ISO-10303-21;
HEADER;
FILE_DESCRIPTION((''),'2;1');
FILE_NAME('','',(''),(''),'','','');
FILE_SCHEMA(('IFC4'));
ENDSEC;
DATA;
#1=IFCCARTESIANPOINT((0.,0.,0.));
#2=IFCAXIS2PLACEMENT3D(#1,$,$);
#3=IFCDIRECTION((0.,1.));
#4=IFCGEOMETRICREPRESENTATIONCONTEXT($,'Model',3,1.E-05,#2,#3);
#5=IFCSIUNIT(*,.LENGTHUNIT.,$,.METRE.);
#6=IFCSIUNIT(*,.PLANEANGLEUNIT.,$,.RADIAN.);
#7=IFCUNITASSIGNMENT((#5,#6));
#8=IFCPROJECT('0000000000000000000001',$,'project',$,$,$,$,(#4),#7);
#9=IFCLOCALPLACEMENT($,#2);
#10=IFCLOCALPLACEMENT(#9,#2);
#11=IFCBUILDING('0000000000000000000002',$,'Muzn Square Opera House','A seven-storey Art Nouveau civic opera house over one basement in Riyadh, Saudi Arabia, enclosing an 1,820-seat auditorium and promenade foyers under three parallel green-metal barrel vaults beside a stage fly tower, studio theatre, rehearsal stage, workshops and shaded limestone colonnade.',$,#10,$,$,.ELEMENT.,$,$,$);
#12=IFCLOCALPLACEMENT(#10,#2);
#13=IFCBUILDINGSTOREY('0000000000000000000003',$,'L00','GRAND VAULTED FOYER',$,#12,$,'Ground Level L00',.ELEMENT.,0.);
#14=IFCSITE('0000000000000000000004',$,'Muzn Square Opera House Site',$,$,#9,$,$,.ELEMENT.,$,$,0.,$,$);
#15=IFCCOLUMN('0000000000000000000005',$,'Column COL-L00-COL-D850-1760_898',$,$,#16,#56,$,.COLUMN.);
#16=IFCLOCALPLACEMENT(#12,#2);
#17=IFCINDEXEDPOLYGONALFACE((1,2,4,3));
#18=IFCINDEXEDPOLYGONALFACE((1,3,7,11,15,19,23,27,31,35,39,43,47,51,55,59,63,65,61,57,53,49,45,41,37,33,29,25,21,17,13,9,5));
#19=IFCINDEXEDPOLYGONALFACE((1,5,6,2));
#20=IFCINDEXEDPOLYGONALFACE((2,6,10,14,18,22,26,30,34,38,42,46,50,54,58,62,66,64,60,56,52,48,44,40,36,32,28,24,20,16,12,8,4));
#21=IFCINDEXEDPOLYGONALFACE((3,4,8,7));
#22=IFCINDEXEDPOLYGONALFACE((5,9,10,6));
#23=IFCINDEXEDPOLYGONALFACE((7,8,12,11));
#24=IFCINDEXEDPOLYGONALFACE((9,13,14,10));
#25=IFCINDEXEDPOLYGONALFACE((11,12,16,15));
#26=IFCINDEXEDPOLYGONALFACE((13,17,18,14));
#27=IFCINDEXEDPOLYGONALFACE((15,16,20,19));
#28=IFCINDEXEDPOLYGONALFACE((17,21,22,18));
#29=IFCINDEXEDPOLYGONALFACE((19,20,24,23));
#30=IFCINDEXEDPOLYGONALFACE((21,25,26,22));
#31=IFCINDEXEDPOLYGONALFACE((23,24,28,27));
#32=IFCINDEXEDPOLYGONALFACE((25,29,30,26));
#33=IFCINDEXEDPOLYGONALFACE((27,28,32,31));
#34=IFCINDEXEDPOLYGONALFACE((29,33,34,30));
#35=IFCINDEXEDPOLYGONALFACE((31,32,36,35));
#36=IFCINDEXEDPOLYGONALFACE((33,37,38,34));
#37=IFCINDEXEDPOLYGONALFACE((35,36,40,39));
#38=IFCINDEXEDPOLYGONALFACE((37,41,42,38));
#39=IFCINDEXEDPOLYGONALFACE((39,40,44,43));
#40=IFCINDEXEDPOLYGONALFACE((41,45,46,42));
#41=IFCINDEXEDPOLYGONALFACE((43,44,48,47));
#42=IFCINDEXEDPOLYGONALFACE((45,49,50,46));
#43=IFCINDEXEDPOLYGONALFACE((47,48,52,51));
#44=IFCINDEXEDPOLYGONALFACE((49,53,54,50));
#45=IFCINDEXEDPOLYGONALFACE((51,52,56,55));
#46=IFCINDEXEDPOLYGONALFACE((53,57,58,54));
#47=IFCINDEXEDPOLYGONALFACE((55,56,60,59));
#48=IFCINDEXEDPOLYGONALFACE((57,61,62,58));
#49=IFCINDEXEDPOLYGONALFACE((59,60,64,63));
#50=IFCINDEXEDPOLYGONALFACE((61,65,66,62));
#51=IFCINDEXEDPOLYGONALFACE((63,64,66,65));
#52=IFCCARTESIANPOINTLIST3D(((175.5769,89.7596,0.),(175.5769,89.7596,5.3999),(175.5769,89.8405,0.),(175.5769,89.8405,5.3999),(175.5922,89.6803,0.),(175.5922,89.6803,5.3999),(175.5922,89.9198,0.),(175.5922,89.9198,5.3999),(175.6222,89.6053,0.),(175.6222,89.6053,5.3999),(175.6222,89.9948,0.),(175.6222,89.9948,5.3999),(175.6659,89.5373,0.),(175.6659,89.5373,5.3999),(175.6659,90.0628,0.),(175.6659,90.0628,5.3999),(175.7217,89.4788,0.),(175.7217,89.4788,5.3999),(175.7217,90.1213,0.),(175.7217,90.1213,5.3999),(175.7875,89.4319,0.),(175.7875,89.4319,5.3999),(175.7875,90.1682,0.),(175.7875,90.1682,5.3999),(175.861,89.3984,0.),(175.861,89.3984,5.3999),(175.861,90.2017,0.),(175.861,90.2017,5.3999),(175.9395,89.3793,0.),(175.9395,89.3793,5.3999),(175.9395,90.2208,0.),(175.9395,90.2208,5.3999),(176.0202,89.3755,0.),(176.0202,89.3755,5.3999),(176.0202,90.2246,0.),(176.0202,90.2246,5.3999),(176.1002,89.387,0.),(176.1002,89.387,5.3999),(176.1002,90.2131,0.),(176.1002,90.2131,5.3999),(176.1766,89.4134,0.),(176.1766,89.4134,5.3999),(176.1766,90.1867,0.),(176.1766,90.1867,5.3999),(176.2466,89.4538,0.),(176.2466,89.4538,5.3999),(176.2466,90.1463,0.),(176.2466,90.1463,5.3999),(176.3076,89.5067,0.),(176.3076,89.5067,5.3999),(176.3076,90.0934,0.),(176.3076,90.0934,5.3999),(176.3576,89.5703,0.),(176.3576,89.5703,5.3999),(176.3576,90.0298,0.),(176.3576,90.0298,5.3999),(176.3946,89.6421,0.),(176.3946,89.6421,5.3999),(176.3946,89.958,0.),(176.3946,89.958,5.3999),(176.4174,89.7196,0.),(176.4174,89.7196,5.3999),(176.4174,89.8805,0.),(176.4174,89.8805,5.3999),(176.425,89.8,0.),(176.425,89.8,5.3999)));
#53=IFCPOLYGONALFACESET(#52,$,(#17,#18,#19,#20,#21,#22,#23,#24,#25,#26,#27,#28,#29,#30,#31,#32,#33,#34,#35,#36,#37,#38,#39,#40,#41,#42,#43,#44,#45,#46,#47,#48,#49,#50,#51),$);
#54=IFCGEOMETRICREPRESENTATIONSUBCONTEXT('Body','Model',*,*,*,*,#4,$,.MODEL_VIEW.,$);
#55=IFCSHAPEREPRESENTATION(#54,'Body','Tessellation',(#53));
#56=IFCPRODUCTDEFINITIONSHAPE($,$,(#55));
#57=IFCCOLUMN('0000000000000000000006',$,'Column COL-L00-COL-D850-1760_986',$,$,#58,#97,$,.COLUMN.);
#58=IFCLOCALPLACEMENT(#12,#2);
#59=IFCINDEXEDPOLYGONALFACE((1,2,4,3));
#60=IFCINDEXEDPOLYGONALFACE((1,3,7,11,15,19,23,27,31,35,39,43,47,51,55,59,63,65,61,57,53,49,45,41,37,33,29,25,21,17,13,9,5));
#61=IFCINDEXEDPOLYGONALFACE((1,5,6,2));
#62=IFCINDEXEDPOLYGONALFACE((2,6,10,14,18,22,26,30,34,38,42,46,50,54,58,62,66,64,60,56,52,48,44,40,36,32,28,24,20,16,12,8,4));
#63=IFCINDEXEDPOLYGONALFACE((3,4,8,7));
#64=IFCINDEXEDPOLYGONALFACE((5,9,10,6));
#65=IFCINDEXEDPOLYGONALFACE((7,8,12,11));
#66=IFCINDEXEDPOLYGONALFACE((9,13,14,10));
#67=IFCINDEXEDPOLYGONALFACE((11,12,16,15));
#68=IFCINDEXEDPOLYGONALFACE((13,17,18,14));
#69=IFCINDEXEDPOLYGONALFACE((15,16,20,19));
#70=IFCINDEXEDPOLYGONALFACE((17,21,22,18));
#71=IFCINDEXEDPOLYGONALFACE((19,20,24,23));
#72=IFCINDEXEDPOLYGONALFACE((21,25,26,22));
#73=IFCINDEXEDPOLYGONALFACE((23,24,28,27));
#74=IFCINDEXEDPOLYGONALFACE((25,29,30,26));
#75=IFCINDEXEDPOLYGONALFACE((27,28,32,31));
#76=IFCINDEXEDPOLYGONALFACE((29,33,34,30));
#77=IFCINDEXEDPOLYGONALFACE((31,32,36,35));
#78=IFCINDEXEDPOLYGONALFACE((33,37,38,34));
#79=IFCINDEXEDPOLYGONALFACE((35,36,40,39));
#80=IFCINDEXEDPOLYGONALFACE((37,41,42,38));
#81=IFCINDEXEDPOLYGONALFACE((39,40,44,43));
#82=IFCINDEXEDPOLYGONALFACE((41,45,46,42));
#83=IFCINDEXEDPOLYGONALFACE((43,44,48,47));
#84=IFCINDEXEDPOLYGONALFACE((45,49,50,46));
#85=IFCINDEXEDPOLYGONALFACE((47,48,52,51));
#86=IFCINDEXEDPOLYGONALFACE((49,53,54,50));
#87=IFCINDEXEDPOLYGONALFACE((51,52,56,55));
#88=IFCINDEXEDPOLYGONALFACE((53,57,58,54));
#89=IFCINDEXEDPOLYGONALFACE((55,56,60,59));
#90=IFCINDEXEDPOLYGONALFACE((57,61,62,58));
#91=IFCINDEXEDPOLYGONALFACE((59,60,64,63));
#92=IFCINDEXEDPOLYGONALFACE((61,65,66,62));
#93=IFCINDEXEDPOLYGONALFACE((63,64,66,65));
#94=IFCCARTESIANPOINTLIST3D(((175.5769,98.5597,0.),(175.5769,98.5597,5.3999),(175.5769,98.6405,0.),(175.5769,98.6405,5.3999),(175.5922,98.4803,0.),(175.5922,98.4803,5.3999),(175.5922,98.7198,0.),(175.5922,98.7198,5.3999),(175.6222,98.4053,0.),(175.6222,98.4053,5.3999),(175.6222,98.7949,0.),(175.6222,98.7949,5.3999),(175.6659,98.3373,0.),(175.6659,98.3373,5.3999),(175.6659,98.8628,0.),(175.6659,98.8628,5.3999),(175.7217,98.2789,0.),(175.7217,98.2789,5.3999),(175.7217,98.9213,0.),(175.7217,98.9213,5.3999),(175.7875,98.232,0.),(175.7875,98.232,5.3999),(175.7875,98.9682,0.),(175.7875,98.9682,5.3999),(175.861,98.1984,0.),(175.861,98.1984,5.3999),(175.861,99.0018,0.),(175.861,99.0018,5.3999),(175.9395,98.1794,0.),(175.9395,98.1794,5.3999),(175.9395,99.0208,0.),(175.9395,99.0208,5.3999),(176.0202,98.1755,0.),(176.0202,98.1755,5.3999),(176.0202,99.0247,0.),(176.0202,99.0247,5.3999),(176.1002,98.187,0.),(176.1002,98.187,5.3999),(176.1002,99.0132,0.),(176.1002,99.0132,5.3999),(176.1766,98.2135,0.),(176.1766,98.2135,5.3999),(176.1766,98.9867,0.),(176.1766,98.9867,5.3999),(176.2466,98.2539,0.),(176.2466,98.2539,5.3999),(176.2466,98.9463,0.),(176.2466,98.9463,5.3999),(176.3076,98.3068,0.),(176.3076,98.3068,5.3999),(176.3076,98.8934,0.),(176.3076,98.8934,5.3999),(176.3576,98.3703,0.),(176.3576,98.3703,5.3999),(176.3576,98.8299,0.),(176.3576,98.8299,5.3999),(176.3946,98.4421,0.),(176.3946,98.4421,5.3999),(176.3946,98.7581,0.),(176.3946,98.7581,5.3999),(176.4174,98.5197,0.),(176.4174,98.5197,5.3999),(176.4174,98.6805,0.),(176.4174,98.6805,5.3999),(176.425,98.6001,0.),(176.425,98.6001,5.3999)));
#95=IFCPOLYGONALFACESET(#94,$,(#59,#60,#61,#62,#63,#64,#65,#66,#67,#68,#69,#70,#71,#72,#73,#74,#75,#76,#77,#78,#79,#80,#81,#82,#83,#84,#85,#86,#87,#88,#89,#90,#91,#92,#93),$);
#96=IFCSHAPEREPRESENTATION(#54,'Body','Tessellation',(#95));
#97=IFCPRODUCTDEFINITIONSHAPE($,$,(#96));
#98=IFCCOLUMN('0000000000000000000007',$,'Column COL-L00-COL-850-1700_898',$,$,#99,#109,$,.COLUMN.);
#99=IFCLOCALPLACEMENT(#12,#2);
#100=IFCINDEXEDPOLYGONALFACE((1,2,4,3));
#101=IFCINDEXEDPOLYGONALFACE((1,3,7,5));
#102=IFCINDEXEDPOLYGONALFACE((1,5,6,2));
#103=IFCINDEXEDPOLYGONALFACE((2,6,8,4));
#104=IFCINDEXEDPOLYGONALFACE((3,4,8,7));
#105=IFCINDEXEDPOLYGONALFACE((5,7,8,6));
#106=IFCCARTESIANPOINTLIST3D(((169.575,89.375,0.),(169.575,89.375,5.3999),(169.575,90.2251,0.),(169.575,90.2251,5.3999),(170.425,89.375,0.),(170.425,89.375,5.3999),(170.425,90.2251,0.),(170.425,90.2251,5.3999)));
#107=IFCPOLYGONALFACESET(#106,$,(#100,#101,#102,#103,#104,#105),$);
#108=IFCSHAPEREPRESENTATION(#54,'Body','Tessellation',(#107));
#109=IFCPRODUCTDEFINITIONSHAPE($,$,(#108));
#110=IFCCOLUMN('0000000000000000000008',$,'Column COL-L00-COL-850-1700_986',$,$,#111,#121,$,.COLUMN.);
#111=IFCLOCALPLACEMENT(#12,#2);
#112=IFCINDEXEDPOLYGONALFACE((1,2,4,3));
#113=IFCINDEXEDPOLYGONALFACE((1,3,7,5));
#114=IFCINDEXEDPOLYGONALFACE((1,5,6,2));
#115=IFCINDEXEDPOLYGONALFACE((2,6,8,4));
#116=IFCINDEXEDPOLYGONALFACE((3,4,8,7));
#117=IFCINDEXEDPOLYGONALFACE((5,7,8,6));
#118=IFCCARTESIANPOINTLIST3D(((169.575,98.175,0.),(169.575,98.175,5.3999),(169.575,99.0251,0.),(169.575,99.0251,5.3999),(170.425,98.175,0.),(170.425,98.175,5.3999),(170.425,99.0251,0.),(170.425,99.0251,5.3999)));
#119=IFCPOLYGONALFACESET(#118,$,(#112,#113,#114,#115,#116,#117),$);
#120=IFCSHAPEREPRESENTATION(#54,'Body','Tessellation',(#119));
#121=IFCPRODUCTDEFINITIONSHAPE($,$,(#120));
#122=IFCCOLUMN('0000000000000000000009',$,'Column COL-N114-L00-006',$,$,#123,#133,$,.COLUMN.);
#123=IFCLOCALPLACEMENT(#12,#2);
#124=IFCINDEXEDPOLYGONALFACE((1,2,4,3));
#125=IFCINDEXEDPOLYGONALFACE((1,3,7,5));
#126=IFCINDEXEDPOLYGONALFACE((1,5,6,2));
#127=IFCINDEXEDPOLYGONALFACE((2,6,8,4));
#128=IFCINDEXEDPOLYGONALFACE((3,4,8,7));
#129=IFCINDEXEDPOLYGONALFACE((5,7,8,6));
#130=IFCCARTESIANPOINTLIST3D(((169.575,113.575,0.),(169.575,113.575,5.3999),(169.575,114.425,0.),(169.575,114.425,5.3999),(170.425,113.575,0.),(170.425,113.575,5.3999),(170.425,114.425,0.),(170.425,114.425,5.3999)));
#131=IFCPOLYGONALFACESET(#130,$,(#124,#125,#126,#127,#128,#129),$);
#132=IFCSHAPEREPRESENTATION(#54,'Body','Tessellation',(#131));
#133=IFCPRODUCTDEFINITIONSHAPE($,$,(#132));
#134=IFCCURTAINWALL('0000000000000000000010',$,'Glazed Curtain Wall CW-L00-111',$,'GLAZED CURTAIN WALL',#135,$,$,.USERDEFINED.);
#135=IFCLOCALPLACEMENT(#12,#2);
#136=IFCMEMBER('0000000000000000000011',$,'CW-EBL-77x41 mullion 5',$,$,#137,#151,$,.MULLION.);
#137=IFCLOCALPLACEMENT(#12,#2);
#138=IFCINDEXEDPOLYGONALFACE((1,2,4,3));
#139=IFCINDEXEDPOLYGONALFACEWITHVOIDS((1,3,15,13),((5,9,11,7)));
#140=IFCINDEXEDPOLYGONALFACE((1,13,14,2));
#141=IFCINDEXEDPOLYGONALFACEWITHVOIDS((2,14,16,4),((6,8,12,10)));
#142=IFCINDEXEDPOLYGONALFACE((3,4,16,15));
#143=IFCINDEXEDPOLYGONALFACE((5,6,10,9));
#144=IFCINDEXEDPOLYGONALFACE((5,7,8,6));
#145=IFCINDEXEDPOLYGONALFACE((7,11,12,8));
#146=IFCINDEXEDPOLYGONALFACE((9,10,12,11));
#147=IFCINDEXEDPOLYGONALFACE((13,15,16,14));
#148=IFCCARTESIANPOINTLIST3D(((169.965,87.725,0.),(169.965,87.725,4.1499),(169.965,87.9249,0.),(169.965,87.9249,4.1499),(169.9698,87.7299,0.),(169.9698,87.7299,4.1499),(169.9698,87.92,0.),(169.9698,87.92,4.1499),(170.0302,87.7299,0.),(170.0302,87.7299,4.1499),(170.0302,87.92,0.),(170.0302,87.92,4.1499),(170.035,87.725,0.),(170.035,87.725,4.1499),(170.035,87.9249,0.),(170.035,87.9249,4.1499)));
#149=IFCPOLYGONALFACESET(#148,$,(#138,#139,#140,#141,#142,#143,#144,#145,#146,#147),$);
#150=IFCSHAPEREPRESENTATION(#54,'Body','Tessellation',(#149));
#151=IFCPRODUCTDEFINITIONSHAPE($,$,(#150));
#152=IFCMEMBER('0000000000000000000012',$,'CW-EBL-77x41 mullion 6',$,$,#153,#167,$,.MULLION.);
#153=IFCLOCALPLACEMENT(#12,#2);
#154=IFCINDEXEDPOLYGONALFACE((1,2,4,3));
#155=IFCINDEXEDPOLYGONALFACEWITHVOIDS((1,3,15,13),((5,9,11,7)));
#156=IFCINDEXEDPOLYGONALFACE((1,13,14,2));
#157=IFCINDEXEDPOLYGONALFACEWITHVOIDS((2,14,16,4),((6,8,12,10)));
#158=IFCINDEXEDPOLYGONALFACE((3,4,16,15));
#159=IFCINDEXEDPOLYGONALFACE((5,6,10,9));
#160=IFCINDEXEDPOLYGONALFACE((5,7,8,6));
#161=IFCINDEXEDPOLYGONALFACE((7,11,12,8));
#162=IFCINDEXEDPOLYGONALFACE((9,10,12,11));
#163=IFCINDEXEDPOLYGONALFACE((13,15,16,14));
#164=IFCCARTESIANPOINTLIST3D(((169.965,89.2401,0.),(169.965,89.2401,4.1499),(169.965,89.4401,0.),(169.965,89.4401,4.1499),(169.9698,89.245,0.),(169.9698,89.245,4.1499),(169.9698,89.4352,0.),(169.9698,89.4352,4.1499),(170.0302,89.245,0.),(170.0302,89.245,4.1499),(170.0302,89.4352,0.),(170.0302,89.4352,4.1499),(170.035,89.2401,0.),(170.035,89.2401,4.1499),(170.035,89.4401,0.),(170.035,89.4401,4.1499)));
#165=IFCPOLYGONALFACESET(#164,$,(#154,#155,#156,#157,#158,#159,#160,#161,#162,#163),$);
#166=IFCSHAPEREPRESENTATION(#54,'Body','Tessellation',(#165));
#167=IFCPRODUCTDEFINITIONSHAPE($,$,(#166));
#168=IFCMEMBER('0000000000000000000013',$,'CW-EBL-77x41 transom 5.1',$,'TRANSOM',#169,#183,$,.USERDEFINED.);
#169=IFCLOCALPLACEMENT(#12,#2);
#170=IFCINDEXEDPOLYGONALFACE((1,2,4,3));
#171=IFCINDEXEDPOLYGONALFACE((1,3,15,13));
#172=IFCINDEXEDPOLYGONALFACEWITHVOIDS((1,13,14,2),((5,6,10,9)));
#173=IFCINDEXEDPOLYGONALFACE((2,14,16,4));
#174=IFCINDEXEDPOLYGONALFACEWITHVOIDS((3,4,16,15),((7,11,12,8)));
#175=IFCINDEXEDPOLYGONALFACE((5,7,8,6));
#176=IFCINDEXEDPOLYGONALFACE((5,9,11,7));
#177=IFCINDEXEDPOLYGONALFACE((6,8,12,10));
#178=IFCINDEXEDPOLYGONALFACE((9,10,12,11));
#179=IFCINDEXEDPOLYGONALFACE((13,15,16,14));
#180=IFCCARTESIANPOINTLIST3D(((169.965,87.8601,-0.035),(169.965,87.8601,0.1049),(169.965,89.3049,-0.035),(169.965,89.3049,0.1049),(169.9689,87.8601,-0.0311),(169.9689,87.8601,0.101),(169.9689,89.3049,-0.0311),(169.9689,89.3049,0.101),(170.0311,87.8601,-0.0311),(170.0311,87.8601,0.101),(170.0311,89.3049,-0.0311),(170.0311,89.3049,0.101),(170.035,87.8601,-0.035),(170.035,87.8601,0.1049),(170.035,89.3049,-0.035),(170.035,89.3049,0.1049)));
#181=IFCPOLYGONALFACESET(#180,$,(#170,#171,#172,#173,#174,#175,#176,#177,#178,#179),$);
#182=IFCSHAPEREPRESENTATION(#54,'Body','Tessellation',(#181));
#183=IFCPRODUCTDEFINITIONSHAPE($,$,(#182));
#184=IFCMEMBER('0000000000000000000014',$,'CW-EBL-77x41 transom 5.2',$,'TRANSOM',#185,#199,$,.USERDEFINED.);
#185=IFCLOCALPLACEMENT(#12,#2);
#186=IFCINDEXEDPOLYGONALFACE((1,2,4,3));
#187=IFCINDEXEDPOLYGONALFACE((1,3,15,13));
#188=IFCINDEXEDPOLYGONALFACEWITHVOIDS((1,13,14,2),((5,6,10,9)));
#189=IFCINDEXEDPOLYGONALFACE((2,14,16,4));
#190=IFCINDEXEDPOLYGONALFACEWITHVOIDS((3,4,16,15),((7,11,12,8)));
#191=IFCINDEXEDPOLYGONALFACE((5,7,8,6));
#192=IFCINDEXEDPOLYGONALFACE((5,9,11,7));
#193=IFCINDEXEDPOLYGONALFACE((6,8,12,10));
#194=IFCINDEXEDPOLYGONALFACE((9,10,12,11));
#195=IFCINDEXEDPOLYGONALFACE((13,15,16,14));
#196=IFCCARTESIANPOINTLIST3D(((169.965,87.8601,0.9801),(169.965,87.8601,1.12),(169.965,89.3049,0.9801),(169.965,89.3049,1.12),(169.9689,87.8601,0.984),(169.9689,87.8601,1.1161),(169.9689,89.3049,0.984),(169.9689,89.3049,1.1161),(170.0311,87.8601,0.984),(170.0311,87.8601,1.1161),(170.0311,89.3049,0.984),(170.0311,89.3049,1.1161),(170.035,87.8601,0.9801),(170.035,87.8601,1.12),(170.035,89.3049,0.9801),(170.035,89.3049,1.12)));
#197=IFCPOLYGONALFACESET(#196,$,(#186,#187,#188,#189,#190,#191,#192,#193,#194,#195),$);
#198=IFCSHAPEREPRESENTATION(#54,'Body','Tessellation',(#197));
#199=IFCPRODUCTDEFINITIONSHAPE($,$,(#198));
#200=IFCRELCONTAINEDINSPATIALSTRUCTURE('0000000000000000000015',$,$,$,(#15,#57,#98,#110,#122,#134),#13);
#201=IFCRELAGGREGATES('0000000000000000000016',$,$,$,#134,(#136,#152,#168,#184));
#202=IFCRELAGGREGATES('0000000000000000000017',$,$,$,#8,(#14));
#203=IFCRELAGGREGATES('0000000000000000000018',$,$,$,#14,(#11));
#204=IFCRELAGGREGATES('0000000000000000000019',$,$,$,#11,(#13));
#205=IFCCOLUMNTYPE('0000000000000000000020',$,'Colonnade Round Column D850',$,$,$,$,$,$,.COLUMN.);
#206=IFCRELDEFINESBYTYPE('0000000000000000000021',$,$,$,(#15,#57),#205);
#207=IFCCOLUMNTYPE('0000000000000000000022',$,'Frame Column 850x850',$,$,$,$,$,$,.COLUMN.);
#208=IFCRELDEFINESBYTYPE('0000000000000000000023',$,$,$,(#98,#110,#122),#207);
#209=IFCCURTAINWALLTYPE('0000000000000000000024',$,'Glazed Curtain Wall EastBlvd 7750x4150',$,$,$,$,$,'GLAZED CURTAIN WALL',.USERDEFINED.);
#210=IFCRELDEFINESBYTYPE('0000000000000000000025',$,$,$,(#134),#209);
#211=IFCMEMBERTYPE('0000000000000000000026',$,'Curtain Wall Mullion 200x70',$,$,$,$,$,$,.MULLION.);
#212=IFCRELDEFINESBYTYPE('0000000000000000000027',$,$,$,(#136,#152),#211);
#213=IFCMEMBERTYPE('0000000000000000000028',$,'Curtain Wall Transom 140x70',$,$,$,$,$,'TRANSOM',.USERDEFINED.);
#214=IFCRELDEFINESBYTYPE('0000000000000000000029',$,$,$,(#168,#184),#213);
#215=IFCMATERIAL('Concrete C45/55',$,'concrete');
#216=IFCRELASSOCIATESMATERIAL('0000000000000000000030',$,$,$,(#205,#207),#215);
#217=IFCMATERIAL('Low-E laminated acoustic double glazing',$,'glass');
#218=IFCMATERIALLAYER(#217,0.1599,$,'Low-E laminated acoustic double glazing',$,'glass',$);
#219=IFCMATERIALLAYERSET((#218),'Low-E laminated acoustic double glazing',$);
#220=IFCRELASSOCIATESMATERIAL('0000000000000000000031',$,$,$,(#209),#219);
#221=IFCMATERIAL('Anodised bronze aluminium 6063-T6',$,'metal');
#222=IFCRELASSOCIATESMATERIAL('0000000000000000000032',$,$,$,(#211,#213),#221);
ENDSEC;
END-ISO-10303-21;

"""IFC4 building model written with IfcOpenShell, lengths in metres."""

from ifc_helpers import new_model, si_unit, direction, frame, origin, origin_2d, place, context, subcontext, project, spatial, rectangle, hollow_rectangle, circle, extrude, material, layer, layer_set, material_profile, profile_set, type_object, element, aggregate, save


model = new_model("IFC4")

# Units and contexts
model_context = context("Model", 3, precision=1e-05, world=origin(), true_north=direction((0.0, 1.0)))
body_context = subcontext(model_context, "Body", "Model", "MODEL_VIEW")
ifc_project = project(units=[si_unit("LENGTHUNIT", "METRE"), si_unit("PLANEANGLEUNIT", "RADIAN")], contexts=[model_context])

# Site, building, storey
site_placement = place(None, origin())
site = spatial("IfcSite", under=ifc_project, at=site_placement, Name="Muzn Square Opera House Site", CompositionType="ELEMENT", RefElevation=0.0)
building_placement = place(site_placement, origin())
building = spatial("IfcBuilding", under=site, at=building_placement, Name="Muzn Square Opera House", Description="A seven-storey Art Nouveau civic opera house over one basement in Riyadh, Saudi Arabia, enclosing an 1,820-seat auditorium and promenade foyers under three parallel green-metal barrel vaults beside a stage fly tower, studio theatre, rehearsal stage, workshops and shaded limestone colonnade.", CompositionType="ELEMENT")
storey_placement = place(building_placement, origin())
storey = spatial("IfcBuildingStorey", under=building, at=storey_placement, Name="L00", Description="GRAND VAULTED FOYER", LongName="Ground Level L00", CompositionType="ELEMENT", Elevation=0.0)

# Columns
ifc_material_1 = material(Name="Concrete C45/55", Category="concrete")
ifc_material_profile_1 = material_profile(ifc_material_1, circle(Radius=0.425, at=origin_2d()), Name="RCC D850", Category="concrete")
ifc_profile_set_1 = profile_set([ifc_material_profile_1], Name="Concrete C45/55")
column_type_1 = type_object("IfcColumnType", Name="Colonnade Round Column D850", PredefinedType="COLUMN", material=ifc_profile_set_1)
for number, where, z_axis, x_axis, name in (
    (1, (176.0, 89.8, 0.0), (0.0, 0.0, 1.0), (1.0, 0.0, 0.0), "Column COL-L00-COL-D850-1760_898"),
    (2, (176.0, 98.6001, 0.0), (0.0, 0.0, 1.0), (1.0, 0.0, 0.0), "Column COL-L00-COL-D850-1760_986"),
):
    element("IfcColumn", number, at=place(storey_placement, frame(where, z_axis=z_axis, x_axis=x_axis)), inside=storey, type_object=column_type_1, Name=name, PredefinedType="COLUMN", context=body_context, shape_type="SweptSolid", body=[
        extrude(circle(Radius=0.425, at=origin_2d()), origin(), (0.0, 0.0, 1.0), 5.3999),
    ])
ifc_material_profile_2 = material_profile(ifc_material_1, rectangle(XDim=0.8501, YDim=0.8501, at=origin_2d()), Name="RC 850x850", Category="concrete")
ifc_profile_set_2 = profile_set([ifc_material_profile_2], Name="Concrete C45/55")
column_type_2 = type_object("IfcColumnType", Name="Frame Column 850x850", PredefinedType="COLUMN", material=ifc_profile_set_2)
for number, where, z_axis, x_axis, name in (
    (3, (170.0, 89.8, 0.0), (0.0, 0.0, 1.0), (1.0, 0.0, 0.0), "Column COL-L00-COL-850-1700_898"),
    (4, (170.0, 98.6001, 0.0), (0.0, 0.0, 1.0), (1.0, 0.0, 0.0), "Column COL-L00-COL-850-1700_986"),
    (5, (170.0, 114.0, 0.0), (0.0, 0.0, 1.0), (1.0, 0.0, 0.0), "Column COL-N114-L00-006"),
):
    element("IfcColumn", number, at=place(storey_placement, frame(where, z_axis=z_axis, x_axis=x_axis)), inside=storey, type_object=column_type_2, Name=name, PredefinedType="COLUMN", context=body_context, shape_type="SweptSolid", body=[
        extrude(rectangle(XDim=0.8501, YDim=0.8501, at=origin_2d()), origin(), (0.0, 0.0, 1.0), 5.3999),
    ])

# Curtain wall, members
ifc_material_2 = material(Name="Low-E laminated acoustic double glazing", Category="glass")
ifc_layer_1 = layer(ifc_material_2, 0.1599, Name="Low-E laminated acoustic double glazing", Category="glass")
ifc_layer_set_1 = layer_set([ifc_layer_1], Name="Low-E laminated acoustic double glazing")
curtain_wall_type = type_object("IfcCurtainWallType", Name="Glazed Curtain Wall EastBlvd 7750x4150", ElementType="GLAZED CURTAIN WALL", PredefinedType="USERDEFINED", material=ifc_layer_set_1)
curtain_wall_placement = place(storey_placement, origin())
curtain_wall = element("IfcCurtainWall", 6, at=curtain_wall_placement, inside=storey, type_object=curtain_wall_type, Name="Glazed Curtain Wall CW-L00-111", ObjectType="GLAZED CURTAIN WALL", PredefinedType="USERDEFINED")
ifc_material_3 = material(Name="Anodised bronze aluminium 6063-T6", Category="metal")
ifc_material_profile_3 = material_profile(ifc_material_3, hollow_rectangle(XDim=0.0701, YDim=0.2, WallThickness=0.0049, at=origin_2d()), Name="ALU 200x70x5", Category="metal")
ifc_profile_set_3 = profile_set([ifc_material_profile_3], Name="Anodised bronze aluminium 6063-T6")
member_type_1 = type_object("IfcMemberType", Name="Curtain Wall Mullion 200x70", PredefinedType="MULLION", material=ifc_profile_set_3)
member_1_placement = place(storey_placement, frame((170.0, 87.825, 0.0), z_axis=(0.0, 0.0, 1.0), x_axis=(-1.0, 0.0, 0.0)))
member_1 = element("IfcMember", 7, at=member_1_placement, type_object=member_type_1, Name="CW-EBL-77x41 mullion 5", PredefinedType="MULLION", context=body_context, shape_type="SweptSolid", body=[
    extrude(hollow_rectangle(XDim=0.0701, YDim=0.2, WallThickness=0.0049, at=origin_2d()), origin(), (0.0, 0.0, 1.0), 4.1499),
])
member_2_placement = place(storey_placement, frame((170.0, 89.3401, 0.0), z_axis=(0.0, 0.0, 1.0), x_axis=(-1.0, 0.0, 0.0)))
member_2 = element("IfcMember", 8, at=member_2_placement, type_object=member_type_1, Name="CW-EBL-77x41 mullion 6", PredefinedType="MULLION", context=body_context, shape_type="SweptSolid", body=[
    extrude(hollow_rectangle(XDim=0.0701, YDim=0.2, WallThickness=0.0049, at=origin_2d()), origin(), (0.0, 0.0, 1.0), 4.1499),
])
ifc_material_profile_4 = material_profile(ifc_material_3, hollow_rectangle(XDim=0.0701, YDim=0.1399, WallThickness=0.0039, at=origin_2d()), Name="ALU 140x70x4", Category="metal")
ifc_profile_set_4 = profile_set([ifc_material_profile_4], Name="Anodised bronze aluminium 6063-T6")
member_type_2 = type_object("IfcMemberType", Name="Curtain Wall Transom 140x70", ElementType="TRANSOM", PredefinedType="USERDEFINED", material=ifc_profile_set_4)
member_3_placement = place(storey_placement, frame((170.0, 87.8601, 0.0349), z_axis=(0.0, 1.0, 0.0), x_axis=(-1.0, 0.0, 0.0)))
member_3 = element("IfcMember", 9, at=member_3_placement, type_object=member_type_2, Name="CW-EBL-77x41 transom 5.1", ObjectType="TRANSOM", PredefinedType="USERDEFINED", context=body_context, shape_type="SweptSolid", body=[
    extrude(hollow_rectangle(XDim=0.0701, YDim=0.1399, WallThickness=0.0039, at=origin_2d()), origin(), (0.0, 0.0, 1.0), 1.4448),
])
member_4_placement = place(storey_placement, frame((170.0, 87.8601, 1.05), z_axis=(0.0, 1.0, 0.0), x_axis=(-1.0, 0.0, 0.0)))
member_4 = element("IfcMember", 10, at=member_4_placement, type_object=member_type_2, Name="CW-EBL-77x41 transom 5.2", ObjectType="TRANSOM", PredefinedType="USERDEFINED", context=body_context, shape_type="SweptSolid", body=[
    extrude(hollow_rectangle(XDim=0.0701, YDim=0.1399, WallThickness=0.0039, at=origin_2d()), origin(), (0.0, 0.0, 1.0), 1.4448),
])

aggregate(curtain_wall, [member_1, member_2, member_3, member_4])

save(model, "model.ifc")
